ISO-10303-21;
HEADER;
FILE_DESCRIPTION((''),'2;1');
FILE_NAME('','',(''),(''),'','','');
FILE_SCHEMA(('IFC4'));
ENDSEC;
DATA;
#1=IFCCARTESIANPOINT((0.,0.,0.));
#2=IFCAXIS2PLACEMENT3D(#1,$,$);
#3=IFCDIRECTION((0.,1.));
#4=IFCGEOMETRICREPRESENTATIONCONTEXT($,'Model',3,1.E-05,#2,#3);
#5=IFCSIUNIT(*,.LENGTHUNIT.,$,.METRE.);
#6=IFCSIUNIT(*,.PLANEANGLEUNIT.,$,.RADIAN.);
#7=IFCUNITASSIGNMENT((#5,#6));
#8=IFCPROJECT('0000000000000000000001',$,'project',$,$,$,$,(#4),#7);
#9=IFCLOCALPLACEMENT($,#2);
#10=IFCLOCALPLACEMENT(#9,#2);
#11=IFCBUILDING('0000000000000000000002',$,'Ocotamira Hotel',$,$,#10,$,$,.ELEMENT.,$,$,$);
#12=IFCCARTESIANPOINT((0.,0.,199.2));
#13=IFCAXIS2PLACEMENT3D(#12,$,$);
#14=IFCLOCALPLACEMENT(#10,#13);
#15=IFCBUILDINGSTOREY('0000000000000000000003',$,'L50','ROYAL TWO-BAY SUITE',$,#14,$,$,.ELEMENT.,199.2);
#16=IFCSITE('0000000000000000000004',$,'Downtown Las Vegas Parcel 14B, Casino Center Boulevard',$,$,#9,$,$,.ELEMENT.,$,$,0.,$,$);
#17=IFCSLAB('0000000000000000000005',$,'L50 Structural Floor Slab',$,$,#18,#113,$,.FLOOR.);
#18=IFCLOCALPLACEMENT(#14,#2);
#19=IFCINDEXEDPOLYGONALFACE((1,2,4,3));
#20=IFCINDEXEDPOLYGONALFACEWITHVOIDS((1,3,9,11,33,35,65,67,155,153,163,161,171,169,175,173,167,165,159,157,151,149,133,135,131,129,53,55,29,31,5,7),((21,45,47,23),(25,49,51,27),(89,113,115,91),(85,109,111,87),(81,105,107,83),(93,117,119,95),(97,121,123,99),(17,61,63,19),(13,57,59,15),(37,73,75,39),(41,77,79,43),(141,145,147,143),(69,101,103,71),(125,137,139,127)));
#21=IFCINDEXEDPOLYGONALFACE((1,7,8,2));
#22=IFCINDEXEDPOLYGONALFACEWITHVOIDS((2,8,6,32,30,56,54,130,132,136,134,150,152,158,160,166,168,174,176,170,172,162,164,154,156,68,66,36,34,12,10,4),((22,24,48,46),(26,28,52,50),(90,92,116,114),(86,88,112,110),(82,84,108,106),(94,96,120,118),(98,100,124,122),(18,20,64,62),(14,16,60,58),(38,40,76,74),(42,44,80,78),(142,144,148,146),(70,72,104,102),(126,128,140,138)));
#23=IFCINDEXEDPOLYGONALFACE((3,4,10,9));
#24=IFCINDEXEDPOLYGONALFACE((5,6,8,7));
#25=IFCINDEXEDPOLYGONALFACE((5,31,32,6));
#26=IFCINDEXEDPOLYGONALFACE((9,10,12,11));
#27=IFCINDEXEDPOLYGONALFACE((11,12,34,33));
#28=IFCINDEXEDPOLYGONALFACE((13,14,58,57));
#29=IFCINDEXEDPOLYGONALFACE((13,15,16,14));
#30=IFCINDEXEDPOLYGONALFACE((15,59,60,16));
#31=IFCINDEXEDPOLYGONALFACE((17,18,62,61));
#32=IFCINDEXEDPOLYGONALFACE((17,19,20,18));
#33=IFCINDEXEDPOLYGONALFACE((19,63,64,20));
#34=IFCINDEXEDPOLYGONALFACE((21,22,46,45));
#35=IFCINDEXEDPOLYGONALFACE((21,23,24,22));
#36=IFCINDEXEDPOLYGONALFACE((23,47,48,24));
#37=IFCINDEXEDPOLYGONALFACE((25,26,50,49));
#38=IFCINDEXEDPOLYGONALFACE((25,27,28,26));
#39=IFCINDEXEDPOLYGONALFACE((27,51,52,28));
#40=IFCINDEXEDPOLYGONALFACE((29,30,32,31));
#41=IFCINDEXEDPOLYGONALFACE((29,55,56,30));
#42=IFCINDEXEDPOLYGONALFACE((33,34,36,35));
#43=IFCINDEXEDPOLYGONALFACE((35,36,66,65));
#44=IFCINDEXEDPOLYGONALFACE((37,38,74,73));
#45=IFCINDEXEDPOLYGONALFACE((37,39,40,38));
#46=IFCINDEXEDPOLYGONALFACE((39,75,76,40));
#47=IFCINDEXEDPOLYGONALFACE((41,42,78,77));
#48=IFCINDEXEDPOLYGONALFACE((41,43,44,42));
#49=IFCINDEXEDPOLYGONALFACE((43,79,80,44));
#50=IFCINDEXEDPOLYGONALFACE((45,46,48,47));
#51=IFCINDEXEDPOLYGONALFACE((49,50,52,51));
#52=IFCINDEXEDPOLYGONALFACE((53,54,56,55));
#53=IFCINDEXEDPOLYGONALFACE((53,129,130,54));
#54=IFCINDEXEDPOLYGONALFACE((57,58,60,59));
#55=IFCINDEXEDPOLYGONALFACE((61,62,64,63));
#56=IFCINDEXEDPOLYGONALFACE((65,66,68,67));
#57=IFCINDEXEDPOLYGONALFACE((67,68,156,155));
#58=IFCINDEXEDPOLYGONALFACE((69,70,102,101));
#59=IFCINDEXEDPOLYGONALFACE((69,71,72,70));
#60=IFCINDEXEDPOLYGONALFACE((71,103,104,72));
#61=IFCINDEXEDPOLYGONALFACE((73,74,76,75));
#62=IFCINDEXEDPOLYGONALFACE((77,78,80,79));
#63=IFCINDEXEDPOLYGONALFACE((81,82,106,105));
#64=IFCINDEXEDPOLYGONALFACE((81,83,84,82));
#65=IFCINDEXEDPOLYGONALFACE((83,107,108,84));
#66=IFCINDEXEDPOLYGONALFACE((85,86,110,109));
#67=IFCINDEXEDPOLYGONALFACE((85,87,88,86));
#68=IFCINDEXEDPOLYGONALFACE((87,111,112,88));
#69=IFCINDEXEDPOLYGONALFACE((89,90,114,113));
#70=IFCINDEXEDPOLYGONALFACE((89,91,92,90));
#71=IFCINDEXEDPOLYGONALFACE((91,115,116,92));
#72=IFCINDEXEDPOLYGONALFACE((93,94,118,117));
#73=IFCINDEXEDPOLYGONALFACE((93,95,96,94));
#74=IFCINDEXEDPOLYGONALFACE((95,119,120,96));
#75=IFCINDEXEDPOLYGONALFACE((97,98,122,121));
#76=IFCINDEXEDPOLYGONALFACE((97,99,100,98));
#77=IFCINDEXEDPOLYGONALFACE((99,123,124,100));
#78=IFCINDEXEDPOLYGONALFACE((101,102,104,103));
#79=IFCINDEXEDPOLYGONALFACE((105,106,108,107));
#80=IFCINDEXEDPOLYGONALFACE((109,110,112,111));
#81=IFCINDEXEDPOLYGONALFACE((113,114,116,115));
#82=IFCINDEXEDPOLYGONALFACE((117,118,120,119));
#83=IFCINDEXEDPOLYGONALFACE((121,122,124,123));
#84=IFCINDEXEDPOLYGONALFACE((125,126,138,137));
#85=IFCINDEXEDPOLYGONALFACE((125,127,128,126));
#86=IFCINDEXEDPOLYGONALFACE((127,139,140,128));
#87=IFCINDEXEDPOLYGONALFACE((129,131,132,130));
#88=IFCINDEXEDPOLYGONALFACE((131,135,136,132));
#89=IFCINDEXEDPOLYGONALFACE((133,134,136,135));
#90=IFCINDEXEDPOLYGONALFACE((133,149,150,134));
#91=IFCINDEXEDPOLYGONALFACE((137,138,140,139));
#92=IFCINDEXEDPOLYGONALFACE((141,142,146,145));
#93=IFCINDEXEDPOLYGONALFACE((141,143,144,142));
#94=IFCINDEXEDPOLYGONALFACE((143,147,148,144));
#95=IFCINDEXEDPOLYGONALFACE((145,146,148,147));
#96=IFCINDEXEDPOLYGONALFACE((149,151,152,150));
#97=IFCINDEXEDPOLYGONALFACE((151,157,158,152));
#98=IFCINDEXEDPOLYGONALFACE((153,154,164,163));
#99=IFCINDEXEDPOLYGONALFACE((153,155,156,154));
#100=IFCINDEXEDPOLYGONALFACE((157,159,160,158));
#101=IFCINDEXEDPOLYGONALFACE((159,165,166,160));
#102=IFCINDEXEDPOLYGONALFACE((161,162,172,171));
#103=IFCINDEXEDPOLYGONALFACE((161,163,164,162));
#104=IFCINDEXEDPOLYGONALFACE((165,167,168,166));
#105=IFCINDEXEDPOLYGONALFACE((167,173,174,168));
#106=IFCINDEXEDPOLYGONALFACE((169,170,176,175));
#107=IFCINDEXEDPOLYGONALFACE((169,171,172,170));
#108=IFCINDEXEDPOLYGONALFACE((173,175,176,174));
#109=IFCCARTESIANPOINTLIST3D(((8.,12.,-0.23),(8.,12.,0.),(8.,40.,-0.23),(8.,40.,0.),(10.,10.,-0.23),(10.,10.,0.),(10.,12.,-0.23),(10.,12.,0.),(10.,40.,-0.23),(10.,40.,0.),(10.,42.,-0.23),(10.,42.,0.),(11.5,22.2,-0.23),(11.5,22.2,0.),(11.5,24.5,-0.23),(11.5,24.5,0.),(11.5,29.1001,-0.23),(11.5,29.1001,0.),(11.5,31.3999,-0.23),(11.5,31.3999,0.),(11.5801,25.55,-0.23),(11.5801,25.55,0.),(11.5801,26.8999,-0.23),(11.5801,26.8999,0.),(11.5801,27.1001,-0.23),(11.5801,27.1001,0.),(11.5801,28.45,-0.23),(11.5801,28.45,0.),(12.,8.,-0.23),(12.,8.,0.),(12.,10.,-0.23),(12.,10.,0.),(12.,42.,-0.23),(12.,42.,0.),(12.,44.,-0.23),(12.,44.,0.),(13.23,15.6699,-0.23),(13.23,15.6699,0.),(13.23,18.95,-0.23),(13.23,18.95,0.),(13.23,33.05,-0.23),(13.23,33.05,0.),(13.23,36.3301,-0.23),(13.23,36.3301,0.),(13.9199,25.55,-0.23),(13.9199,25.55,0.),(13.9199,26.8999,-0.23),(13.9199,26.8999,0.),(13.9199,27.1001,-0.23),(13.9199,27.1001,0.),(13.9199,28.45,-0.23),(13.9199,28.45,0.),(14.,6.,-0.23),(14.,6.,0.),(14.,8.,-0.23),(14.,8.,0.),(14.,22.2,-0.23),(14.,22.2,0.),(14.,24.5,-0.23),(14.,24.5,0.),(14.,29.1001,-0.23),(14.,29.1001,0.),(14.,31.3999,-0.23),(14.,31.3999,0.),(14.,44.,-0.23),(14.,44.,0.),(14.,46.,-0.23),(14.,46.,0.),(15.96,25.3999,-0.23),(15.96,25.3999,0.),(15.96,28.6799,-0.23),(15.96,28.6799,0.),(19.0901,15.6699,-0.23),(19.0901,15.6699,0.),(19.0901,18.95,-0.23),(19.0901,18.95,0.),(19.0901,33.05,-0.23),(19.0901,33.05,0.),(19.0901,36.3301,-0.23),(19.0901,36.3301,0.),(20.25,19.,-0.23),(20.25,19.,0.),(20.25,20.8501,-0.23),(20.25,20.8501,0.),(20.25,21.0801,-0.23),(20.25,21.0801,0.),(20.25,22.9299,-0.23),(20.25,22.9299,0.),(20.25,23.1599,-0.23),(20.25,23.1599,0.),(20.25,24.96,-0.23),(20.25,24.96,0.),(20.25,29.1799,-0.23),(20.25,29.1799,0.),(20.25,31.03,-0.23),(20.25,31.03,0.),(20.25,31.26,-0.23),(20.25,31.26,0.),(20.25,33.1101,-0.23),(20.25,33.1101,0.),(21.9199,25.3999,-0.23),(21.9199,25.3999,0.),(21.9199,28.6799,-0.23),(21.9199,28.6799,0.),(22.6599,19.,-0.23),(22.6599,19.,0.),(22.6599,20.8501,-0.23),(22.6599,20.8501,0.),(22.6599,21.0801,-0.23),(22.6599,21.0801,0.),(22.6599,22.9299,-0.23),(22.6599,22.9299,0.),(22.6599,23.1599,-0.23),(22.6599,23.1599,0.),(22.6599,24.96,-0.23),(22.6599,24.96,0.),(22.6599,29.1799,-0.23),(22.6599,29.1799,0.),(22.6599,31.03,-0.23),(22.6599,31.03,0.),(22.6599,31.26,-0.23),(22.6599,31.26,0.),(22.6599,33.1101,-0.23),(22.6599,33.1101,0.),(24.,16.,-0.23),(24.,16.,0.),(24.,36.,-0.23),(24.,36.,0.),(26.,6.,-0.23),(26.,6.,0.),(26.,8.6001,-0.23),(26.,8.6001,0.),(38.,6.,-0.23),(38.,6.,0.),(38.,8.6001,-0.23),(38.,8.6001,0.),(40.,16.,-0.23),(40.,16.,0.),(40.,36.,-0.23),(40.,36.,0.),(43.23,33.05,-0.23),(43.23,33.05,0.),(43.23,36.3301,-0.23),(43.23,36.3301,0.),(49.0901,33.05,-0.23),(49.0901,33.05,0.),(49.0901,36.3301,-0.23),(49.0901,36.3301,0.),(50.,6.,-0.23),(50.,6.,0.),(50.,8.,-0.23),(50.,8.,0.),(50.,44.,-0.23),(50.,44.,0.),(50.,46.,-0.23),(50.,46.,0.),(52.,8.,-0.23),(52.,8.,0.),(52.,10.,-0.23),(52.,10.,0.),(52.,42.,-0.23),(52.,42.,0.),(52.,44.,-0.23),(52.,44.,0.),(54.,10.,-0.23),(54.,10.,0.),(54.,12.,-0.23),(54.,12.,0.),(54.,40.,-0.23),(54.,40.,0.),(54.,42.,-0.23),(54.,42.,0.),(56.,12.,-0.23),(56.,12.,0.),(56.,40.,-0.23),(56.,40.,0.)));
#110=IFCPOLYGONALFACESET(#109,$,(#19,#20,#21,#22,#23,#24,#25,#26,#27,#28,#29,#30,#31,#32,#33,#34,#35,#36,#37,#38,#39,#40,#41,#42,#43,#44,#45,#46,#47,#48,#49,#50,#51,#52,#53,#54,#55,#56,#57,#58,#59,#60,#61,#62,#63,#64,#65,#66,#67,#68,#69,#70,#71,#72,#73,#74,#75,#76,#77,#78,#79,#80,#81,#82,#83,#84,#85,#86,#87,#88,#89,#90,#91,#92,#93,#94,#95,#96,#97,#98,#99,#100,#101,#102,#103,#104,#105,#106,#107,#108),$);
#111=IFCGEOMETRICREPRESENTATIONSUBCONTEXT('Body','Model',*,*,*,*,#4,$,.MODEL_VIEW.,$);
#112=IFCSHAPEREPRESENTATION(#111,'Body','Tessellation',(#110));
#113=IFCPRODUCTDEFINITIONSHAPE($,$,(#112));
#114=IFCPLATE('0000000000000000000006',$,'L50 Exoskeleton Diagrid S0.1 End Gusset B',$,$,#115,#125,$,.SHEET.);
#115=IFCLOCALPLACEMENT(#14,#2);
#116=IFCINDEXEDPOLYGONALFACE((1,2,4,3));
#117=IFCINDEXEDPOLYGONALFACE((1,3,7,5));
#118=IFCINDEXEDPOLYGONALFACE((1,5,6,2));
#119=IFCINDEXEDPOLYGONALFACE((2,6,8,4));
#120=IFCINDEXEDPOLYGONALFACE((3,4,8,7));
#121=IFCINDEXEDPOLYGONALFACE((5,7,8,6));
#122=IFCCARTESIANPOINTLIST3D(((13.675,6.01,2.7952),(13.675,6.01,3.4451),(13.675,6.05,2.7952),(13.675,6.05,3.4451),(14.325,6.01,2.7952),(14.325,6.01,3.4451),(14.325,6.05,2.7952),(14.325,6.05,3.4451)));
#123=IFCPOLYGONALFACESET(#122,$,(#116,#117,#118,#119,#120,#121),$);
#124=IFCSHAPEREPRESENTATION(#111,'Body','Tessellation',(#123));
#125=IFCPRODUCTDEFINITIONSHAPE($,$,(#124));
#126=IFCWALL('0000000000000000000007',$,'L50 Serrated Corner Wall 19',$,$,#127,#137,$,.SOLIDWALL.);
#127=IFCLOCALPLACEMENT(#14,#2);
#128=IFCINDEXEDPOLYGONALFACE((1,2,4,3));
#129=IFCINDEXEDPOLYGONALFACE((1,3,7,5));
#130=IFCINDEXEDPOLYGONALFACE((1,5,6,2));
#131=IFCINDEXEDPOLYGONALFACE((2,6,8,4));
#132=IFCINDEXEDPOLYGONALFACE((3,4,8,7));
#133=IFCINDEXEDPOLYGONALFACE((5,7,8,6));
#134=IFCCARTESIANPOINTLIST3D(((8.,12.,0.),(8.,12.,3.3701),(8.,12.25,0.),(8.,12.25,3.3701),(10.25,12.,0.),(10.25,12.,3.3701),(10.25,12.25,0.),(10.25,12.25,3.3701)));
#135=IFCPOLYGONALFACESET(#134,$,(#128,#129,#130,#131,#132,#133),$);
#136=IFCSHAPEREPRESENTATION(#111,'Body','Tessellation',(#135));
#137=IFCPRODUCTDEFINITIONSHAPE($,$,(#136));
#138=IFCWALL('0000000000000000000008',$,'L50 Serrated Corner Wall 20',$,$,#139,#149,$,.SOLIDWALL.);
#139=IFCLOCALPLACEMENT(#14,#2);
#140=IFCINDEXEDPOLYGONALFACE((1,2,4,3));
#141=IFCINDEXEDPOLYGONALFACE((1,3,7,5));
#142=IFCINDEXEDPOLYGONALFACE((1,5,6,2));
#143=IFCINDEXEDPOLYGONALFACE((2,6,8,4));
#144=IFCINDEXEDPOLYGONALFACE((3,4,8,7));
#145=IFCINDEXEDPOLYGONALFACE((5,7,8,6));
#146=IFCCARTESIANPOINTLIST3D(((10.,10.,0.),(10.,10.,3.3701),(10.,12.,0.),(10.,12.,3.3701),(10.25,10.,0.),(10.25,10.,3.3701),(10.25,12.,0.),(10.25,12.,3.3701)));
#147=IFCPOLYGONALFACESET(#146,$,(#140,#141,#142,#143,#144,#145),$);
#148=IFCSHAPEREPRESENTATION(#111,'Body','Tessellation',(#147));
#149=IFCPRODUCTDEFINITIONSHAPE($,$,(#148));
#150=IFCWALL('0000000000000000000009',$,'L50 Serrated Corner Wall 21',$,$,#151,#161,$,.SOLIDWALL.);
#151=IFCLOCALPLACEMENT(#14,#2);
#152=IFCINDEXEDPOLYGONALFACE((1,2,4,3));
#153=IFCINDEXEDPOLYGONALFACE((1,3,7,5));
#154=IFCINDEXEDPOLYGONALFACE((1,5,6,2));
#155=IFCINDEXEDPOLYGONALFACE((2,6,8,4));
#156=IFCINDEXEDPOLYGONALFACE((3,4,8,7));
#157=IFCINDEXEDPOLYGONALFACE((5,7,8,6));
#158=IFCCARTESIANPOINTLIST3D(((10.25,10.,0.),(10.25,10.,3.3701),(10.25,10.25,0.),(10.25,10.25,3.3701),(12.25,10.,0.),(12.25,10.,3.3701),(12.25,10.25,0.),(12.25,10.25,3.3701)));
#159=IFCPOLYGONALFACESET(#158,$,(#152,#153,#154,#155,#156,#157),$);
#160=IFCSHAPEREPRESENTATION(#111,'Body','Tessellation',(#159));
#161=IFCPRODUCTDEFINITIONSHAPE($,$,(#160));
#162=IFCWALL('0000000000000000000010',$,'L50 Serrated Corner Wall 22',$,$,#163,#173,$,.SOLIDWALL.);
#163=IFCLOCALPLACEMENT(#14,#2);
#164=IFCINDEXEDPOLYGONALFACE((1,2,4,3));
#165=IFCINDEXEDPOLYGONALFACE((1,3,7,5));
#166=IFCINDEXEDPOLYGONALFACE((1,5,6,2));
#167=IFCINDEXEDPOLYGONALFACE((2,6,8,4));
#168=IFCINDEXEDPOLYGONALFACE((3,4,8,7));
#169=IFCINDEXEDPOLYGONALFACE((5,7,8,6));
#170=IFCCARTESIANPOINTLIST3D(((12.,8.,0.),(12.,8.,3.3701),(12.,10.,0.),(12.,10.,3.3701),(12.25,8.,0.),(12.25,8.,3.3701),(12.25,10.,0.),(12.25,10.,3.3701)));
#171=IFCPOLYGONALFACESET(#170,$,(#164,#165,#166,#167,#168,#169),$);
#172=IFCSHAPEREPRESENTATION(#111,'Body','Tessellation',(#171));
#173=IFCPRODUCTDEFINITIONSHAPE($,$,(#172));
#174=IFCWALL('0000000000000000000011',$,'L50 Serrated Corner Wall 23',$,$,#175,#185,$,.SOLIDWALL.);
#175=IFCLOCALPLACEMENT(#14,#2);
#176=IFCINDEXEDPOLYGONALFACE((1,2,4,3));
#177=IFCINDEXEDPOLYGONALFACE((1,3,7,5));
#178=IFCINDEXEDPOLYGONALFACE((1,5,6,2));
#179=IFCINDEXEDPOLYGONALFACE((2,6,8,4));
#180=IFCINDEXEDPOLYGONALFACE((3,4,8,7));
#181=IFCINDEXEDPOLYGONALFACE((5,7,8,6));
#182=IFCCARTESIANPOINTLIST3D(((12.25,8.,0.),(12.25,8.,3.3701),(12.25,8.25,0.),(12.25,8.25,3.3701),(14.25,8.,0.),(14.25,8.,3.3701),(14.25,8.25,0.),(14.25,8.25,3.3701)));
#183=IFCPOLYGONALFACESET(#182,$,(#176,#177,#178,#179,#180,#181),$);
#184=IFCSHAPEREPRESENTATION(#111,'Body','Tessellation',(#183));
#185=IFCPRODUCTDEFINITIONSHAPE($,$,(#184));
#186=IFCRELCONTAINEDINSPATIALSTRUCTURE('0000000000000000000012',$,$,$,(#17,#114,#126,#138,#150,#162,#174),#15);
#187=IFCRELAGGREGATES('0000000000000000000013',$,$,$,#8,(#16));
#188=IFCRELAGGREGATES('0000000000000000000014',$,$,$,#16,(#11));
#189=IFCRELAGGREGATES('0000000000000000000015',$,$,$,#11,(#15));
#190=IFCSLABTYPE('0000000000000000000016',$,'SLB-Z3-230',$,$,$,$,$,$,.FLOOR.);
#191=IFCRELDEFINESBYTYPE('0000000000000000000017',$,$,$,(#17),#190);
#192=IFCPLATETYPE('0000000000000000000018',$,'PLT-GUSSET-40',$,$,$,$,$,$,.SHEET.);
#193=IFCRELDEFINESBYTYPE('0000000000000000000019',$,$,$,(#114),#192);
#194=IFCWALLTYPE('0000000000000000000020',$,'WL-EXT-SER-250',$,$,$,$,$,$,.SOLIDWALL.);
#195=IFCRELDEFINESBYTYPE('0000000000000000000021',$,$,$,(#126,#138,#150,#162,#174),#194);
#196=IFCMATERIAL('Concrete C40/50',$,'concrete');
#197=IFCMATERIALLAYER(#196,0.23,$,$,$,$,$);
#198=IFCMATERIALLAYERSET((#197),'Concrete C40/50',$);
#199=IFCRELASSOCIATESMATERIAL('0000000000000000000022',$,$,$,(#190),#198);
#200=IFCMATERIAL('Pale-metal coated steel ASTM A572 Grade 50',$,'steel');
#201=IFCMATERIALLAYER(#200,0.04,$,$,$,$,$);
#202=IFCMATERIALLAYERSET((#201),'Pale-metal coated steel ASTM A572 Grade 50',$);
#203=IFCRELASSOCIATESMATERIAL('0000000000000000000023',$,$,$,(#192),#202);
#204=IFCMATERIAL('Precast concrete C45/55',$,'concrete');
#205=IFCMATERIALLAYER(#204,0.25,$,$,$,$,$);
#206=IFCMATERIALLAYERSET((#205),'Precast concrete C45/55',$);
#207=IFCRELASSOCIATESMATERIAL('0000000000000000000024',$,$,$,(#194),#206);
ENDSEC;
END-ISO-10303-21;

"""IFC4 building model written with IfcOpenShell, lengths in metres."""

from ifc_helpers import new_model, si_unit, direction, frame, frame_2d, origin, origin_2d, place, context, subcontext, project, spatial, polyline, rectangle, outline, extrude, source, transform, mapped, material, layer, layer_set, type_object, element, save


model = new_model("IFC4")

# Units and contexts
model_context = context("Model", 3, precision=1e-05, world=origin(), true_north=direction((0.0, 1.0)))
body_context = subcontext(model_context, "Body", "Model", "MODEL_VIEW")
ifc_project = project(units=[si_unit("LENGTHUNIT", "METRE"), si_unit("PLANEANGLEUNIT", "RADIAN")], contexts=[model_context])

# Site, building, storey
site_placement = place(None, origin())
site = spatial("IfcSite", under=ifc_project, at=site_placement, Name="Downtown Las Vegas Parcel 14B, Casino Center Boulevard", CompositionType="ELEMENT", RefElevation=0.0)
building_placement = place(site_placement, origin())
building = spatial("IfcBuilding", under=site, at=building_placement, Name="Ocotamira Hotel", CompositionType="ELEMENT")
storey_placement = place(building_placement, frame((0.0, 0.0, 199.2)))
storey = spatial("IfcBuildingStorey", under=building, at=storey_placement, Name="L50", Description="ROYAL TWO-BAY SUITE", CompositionType="ELEMENT", Elevation=199.2)

# Shared definitions
ifc_material_1 = material(Name="Concrete C40/50", Category="concrete")

# Slab
ifc_layer_1 = layer(ifc_material_1, 0.23)
ifc_layer_set_1 = layer_set([ifc_layer_1], Name="Concrete C40/50")
slab_type_1 = type_object("IfcSlabType", Name="SLB-Z3-230", PredefinedType="FLOOR", material=ifc_layer_set_1)
slab_1_placement = place(storey_placement, frame((0.0, 0.0, -0.23)))
element("IfcSlab", 1, at=slab_1_placement, inside=storey, type_object=slab_type_1, Name="L50 Structural Floor Slab", PredefinedType="FLOOR", context=body_context, shape_type="SweptSolid", body=[
    extrude(outline(polyline([(14.0, 6.0), (14.0, 8.0), (12.0, 8.0), (12.0, 10.0), (10.0, 10.0), (10.0, 12.0), (8.0, 12.0), (8.0, 40.0), (10.0, 40.0), (10.0, 42.0), (12.0, 42.0), (12.0, 44.0), (14.0, 44.0), (14.0, 46.0), (50.0, 46.0), (50.0, 44.0), (52.0, 44.0), (52.0, 42.0), (54.0, 42.0), (54.0, 40.0), (56.0, 40.0), (56.0, 12.0), (54.0, 12.0), (54.0, 10.0), (52.0, 10.0), (52.0, 8.0), (50.0, 8.0), (50.0, 6.0), (38.0, 6.0), (38.0, 8.6001), (26.0, 8.6001), (26.0, 6.0), (14.0, 6.0)]), holes=[polyline([(24.0, 16.0), (40.0, 16.0), (40.0, 36.0), (24.0, 36.0), (24.0, 16.0)]), polyline([(13.23, 15.6699), (19.0901, 15.6699), (19.0901, 18.95), (13.23, 18.95), (13.23, 15.6699)]), polyline([(13.23, 33.05), (19.0901, 33.05), (19.0901, 36.3301), (13.23, 36.3301), (13.23, 33.05)]), polyline([(15.96, 25.3999), (21.9199, 25.3999), (21.9199, 28.6799), (15.96, 28.6799), (15.96, 25.3999)]), polyline([(43.23, 33.05), (49.0901, 33.05), (49.0901, 36.3301), (43.23, 36.3301), (43.23, 33.05)]), polyline([(20.25, 19.0), (22.6599, 19.0), (22.6599, 20.8501), (20.25, 20.8501), (20.25, 19.0)]), polyline([(20.25, 21.0801), (22.6599, 21.0801), (22.6599, 22.9299), (20.25, 22.9299), (20.25, 21.0801)]), polyline([(20.25, 23.1599), (22.6599, 23.1599), (22.6599, 24.96), (20.25, 24.96), (20.25, 23.1599)]), polyline([(20.25, 29.1799), (22.6599, 29.1799), (22.6599, 31.03), (20.25, 31.03), (20.25, 29.1799)]), polyline([(20.25, 31.26), (22.6599, 31.26), (22.6599, 33.1101), (20.25, 33.1101), (20.25, 31.26)]), polyline([(11.5, 22.2), (14.0, 22.2), (14.0, 24.5), (11.5, 24.5), (11.5, 22.2)]), polyline([(11.5, 29.1001), (14.0, 29.1001), (14.0, 31.3999), (11.5, 31.3999), (11.5, 29.1001)]), polyline([(11.5801, 25.55), (13.9199, 25.55), (13.9199, 26.8999), (11.5801, 26.8999), (11.5801, 25.55)]), polyline([(11.5801, 27.1001), (13.9199, 27.1001), (13.9199, 28.45), (11.5801, 28.45), (11.5801, 27.1001)])]), origin(), (0.0, 0.0, 1.0), 0.23),
])

# Plate
ifc_material_2 = material(Name="Pale-metal coated steel ASTM A572 Grade 50", Category="steel")
ifc_layer_2 = layer(ifc_material_2, 0.04)
ifc_layer_set_2 = layer_set([ifc_layer_2], Name="Pale-metal coated steel ASTM A572 Grade 50")
plate_type = type_object("IfcPlateType", Name="PLT-GUSSET-40", PredefinedType="SHEET", material=ifc_layer_set_2)
shared_shape_1 = source(origin(), body_context, "Body", "SweptSolid", [
    extrude(rectangle(XDim=0.6499, YDim=0.04, at=origin_2d()), origin(), (0.0, 0.0, 1.0), 0.6499),
])
plate_placement = place(storey_placement, frame((14.0, 6.03, 2.7952), z_axis=(0.0, 0.0, 1.0), x_axis=(-1.0, 0.0, 0.0)))
element("IfcPlate", 2, at=plate_placement, inside=storey, type_object=plate_type, Name="L50 Exoskeleton Diagrid S0.1 End Gusset B", PredefinedType="SHEET", context=body_context, shape_type="MappedRepresentation", body=[
    mapped(shared_shape_1, transform((0.0, 0.0, 0.0), scale=1.0)),
])

# Walls
ifc_material_3 = material(Name="Precast concrete C45/55", Category="concrete")
ifc_layer_3 = layer(ifc_material_3, 0.25)
ifc_layer_set_3 = layer_set([ifc_layer_3], Name="Precast concrete C45/55")
wall_type_1 = type_object("IfcWallType", Name="WL-EXT-SER-250", PredefinedType="SOLIDWALL", material=ifc_layer_set_3)
wall_1_placement = place(storey_placement, frame((8.0, 12.125, 0.0), z_axis=(0.0, 0.0, 1.0), x_axis=(1.0, 0.0, 0.0)))
element("IfcWall", 3, at=wall_1_placement, inside=storey, type_object=wall_type_1, Name="L50 Serrated Corner Wall 19", PredefinedType="SOLIDWALL", context=body_context, shape_type="SweptSolid", body=[
    extrude(rectangle(XDim=2.25, YDim=0.25, at=frame_2d((1.125, 0.0))), origin(), (0.0, 0.0, 1.0), 3.3701),
])
for number, where, z_axis, x_axis, name in (
    (4, (10.125, 12.0, 0.0), (0.0, 0.0, 1.0), (0.0, -1.0, 0.0), "L50 Serrated Corner Wall 20"),
    (5, (10.25, 10.125, 0.0), (0.0, 0.0, 1.0), (1.0, 0.0, 0.0), "L50 Serrated Corner Wall 21"),
    (6, (12.125, 10.0, 0.0), (0.0, 0.0, 1.0), (0.0, -1.0, 0.0), "L50 Serrated Corner Wall 22"),
    (7, (12.25, 8.125, 0.0), (0.0, 0.0, 1.0), (1.0, 0.0, 0.0), "L50 Serrated Corner Wall 23"),
):
    element("IfcWall", number, at=place(storey_placement, frame(where, z_axis=z_axis, x_axis=x_axis)), inside=storey, type_object=wall_type_1, Name=name, PredefinedType="SOLIDWALL", context=body_context, shape_type="SweptSolid", body=[
        extrude(rectangle(XDim=2.0, YDim=0.25, at=frame_2d((1.0, 0.0))), origin(), (0.0, 0.0, 1.0), 3.3701),
    ])

save(model, "model.ifc")
